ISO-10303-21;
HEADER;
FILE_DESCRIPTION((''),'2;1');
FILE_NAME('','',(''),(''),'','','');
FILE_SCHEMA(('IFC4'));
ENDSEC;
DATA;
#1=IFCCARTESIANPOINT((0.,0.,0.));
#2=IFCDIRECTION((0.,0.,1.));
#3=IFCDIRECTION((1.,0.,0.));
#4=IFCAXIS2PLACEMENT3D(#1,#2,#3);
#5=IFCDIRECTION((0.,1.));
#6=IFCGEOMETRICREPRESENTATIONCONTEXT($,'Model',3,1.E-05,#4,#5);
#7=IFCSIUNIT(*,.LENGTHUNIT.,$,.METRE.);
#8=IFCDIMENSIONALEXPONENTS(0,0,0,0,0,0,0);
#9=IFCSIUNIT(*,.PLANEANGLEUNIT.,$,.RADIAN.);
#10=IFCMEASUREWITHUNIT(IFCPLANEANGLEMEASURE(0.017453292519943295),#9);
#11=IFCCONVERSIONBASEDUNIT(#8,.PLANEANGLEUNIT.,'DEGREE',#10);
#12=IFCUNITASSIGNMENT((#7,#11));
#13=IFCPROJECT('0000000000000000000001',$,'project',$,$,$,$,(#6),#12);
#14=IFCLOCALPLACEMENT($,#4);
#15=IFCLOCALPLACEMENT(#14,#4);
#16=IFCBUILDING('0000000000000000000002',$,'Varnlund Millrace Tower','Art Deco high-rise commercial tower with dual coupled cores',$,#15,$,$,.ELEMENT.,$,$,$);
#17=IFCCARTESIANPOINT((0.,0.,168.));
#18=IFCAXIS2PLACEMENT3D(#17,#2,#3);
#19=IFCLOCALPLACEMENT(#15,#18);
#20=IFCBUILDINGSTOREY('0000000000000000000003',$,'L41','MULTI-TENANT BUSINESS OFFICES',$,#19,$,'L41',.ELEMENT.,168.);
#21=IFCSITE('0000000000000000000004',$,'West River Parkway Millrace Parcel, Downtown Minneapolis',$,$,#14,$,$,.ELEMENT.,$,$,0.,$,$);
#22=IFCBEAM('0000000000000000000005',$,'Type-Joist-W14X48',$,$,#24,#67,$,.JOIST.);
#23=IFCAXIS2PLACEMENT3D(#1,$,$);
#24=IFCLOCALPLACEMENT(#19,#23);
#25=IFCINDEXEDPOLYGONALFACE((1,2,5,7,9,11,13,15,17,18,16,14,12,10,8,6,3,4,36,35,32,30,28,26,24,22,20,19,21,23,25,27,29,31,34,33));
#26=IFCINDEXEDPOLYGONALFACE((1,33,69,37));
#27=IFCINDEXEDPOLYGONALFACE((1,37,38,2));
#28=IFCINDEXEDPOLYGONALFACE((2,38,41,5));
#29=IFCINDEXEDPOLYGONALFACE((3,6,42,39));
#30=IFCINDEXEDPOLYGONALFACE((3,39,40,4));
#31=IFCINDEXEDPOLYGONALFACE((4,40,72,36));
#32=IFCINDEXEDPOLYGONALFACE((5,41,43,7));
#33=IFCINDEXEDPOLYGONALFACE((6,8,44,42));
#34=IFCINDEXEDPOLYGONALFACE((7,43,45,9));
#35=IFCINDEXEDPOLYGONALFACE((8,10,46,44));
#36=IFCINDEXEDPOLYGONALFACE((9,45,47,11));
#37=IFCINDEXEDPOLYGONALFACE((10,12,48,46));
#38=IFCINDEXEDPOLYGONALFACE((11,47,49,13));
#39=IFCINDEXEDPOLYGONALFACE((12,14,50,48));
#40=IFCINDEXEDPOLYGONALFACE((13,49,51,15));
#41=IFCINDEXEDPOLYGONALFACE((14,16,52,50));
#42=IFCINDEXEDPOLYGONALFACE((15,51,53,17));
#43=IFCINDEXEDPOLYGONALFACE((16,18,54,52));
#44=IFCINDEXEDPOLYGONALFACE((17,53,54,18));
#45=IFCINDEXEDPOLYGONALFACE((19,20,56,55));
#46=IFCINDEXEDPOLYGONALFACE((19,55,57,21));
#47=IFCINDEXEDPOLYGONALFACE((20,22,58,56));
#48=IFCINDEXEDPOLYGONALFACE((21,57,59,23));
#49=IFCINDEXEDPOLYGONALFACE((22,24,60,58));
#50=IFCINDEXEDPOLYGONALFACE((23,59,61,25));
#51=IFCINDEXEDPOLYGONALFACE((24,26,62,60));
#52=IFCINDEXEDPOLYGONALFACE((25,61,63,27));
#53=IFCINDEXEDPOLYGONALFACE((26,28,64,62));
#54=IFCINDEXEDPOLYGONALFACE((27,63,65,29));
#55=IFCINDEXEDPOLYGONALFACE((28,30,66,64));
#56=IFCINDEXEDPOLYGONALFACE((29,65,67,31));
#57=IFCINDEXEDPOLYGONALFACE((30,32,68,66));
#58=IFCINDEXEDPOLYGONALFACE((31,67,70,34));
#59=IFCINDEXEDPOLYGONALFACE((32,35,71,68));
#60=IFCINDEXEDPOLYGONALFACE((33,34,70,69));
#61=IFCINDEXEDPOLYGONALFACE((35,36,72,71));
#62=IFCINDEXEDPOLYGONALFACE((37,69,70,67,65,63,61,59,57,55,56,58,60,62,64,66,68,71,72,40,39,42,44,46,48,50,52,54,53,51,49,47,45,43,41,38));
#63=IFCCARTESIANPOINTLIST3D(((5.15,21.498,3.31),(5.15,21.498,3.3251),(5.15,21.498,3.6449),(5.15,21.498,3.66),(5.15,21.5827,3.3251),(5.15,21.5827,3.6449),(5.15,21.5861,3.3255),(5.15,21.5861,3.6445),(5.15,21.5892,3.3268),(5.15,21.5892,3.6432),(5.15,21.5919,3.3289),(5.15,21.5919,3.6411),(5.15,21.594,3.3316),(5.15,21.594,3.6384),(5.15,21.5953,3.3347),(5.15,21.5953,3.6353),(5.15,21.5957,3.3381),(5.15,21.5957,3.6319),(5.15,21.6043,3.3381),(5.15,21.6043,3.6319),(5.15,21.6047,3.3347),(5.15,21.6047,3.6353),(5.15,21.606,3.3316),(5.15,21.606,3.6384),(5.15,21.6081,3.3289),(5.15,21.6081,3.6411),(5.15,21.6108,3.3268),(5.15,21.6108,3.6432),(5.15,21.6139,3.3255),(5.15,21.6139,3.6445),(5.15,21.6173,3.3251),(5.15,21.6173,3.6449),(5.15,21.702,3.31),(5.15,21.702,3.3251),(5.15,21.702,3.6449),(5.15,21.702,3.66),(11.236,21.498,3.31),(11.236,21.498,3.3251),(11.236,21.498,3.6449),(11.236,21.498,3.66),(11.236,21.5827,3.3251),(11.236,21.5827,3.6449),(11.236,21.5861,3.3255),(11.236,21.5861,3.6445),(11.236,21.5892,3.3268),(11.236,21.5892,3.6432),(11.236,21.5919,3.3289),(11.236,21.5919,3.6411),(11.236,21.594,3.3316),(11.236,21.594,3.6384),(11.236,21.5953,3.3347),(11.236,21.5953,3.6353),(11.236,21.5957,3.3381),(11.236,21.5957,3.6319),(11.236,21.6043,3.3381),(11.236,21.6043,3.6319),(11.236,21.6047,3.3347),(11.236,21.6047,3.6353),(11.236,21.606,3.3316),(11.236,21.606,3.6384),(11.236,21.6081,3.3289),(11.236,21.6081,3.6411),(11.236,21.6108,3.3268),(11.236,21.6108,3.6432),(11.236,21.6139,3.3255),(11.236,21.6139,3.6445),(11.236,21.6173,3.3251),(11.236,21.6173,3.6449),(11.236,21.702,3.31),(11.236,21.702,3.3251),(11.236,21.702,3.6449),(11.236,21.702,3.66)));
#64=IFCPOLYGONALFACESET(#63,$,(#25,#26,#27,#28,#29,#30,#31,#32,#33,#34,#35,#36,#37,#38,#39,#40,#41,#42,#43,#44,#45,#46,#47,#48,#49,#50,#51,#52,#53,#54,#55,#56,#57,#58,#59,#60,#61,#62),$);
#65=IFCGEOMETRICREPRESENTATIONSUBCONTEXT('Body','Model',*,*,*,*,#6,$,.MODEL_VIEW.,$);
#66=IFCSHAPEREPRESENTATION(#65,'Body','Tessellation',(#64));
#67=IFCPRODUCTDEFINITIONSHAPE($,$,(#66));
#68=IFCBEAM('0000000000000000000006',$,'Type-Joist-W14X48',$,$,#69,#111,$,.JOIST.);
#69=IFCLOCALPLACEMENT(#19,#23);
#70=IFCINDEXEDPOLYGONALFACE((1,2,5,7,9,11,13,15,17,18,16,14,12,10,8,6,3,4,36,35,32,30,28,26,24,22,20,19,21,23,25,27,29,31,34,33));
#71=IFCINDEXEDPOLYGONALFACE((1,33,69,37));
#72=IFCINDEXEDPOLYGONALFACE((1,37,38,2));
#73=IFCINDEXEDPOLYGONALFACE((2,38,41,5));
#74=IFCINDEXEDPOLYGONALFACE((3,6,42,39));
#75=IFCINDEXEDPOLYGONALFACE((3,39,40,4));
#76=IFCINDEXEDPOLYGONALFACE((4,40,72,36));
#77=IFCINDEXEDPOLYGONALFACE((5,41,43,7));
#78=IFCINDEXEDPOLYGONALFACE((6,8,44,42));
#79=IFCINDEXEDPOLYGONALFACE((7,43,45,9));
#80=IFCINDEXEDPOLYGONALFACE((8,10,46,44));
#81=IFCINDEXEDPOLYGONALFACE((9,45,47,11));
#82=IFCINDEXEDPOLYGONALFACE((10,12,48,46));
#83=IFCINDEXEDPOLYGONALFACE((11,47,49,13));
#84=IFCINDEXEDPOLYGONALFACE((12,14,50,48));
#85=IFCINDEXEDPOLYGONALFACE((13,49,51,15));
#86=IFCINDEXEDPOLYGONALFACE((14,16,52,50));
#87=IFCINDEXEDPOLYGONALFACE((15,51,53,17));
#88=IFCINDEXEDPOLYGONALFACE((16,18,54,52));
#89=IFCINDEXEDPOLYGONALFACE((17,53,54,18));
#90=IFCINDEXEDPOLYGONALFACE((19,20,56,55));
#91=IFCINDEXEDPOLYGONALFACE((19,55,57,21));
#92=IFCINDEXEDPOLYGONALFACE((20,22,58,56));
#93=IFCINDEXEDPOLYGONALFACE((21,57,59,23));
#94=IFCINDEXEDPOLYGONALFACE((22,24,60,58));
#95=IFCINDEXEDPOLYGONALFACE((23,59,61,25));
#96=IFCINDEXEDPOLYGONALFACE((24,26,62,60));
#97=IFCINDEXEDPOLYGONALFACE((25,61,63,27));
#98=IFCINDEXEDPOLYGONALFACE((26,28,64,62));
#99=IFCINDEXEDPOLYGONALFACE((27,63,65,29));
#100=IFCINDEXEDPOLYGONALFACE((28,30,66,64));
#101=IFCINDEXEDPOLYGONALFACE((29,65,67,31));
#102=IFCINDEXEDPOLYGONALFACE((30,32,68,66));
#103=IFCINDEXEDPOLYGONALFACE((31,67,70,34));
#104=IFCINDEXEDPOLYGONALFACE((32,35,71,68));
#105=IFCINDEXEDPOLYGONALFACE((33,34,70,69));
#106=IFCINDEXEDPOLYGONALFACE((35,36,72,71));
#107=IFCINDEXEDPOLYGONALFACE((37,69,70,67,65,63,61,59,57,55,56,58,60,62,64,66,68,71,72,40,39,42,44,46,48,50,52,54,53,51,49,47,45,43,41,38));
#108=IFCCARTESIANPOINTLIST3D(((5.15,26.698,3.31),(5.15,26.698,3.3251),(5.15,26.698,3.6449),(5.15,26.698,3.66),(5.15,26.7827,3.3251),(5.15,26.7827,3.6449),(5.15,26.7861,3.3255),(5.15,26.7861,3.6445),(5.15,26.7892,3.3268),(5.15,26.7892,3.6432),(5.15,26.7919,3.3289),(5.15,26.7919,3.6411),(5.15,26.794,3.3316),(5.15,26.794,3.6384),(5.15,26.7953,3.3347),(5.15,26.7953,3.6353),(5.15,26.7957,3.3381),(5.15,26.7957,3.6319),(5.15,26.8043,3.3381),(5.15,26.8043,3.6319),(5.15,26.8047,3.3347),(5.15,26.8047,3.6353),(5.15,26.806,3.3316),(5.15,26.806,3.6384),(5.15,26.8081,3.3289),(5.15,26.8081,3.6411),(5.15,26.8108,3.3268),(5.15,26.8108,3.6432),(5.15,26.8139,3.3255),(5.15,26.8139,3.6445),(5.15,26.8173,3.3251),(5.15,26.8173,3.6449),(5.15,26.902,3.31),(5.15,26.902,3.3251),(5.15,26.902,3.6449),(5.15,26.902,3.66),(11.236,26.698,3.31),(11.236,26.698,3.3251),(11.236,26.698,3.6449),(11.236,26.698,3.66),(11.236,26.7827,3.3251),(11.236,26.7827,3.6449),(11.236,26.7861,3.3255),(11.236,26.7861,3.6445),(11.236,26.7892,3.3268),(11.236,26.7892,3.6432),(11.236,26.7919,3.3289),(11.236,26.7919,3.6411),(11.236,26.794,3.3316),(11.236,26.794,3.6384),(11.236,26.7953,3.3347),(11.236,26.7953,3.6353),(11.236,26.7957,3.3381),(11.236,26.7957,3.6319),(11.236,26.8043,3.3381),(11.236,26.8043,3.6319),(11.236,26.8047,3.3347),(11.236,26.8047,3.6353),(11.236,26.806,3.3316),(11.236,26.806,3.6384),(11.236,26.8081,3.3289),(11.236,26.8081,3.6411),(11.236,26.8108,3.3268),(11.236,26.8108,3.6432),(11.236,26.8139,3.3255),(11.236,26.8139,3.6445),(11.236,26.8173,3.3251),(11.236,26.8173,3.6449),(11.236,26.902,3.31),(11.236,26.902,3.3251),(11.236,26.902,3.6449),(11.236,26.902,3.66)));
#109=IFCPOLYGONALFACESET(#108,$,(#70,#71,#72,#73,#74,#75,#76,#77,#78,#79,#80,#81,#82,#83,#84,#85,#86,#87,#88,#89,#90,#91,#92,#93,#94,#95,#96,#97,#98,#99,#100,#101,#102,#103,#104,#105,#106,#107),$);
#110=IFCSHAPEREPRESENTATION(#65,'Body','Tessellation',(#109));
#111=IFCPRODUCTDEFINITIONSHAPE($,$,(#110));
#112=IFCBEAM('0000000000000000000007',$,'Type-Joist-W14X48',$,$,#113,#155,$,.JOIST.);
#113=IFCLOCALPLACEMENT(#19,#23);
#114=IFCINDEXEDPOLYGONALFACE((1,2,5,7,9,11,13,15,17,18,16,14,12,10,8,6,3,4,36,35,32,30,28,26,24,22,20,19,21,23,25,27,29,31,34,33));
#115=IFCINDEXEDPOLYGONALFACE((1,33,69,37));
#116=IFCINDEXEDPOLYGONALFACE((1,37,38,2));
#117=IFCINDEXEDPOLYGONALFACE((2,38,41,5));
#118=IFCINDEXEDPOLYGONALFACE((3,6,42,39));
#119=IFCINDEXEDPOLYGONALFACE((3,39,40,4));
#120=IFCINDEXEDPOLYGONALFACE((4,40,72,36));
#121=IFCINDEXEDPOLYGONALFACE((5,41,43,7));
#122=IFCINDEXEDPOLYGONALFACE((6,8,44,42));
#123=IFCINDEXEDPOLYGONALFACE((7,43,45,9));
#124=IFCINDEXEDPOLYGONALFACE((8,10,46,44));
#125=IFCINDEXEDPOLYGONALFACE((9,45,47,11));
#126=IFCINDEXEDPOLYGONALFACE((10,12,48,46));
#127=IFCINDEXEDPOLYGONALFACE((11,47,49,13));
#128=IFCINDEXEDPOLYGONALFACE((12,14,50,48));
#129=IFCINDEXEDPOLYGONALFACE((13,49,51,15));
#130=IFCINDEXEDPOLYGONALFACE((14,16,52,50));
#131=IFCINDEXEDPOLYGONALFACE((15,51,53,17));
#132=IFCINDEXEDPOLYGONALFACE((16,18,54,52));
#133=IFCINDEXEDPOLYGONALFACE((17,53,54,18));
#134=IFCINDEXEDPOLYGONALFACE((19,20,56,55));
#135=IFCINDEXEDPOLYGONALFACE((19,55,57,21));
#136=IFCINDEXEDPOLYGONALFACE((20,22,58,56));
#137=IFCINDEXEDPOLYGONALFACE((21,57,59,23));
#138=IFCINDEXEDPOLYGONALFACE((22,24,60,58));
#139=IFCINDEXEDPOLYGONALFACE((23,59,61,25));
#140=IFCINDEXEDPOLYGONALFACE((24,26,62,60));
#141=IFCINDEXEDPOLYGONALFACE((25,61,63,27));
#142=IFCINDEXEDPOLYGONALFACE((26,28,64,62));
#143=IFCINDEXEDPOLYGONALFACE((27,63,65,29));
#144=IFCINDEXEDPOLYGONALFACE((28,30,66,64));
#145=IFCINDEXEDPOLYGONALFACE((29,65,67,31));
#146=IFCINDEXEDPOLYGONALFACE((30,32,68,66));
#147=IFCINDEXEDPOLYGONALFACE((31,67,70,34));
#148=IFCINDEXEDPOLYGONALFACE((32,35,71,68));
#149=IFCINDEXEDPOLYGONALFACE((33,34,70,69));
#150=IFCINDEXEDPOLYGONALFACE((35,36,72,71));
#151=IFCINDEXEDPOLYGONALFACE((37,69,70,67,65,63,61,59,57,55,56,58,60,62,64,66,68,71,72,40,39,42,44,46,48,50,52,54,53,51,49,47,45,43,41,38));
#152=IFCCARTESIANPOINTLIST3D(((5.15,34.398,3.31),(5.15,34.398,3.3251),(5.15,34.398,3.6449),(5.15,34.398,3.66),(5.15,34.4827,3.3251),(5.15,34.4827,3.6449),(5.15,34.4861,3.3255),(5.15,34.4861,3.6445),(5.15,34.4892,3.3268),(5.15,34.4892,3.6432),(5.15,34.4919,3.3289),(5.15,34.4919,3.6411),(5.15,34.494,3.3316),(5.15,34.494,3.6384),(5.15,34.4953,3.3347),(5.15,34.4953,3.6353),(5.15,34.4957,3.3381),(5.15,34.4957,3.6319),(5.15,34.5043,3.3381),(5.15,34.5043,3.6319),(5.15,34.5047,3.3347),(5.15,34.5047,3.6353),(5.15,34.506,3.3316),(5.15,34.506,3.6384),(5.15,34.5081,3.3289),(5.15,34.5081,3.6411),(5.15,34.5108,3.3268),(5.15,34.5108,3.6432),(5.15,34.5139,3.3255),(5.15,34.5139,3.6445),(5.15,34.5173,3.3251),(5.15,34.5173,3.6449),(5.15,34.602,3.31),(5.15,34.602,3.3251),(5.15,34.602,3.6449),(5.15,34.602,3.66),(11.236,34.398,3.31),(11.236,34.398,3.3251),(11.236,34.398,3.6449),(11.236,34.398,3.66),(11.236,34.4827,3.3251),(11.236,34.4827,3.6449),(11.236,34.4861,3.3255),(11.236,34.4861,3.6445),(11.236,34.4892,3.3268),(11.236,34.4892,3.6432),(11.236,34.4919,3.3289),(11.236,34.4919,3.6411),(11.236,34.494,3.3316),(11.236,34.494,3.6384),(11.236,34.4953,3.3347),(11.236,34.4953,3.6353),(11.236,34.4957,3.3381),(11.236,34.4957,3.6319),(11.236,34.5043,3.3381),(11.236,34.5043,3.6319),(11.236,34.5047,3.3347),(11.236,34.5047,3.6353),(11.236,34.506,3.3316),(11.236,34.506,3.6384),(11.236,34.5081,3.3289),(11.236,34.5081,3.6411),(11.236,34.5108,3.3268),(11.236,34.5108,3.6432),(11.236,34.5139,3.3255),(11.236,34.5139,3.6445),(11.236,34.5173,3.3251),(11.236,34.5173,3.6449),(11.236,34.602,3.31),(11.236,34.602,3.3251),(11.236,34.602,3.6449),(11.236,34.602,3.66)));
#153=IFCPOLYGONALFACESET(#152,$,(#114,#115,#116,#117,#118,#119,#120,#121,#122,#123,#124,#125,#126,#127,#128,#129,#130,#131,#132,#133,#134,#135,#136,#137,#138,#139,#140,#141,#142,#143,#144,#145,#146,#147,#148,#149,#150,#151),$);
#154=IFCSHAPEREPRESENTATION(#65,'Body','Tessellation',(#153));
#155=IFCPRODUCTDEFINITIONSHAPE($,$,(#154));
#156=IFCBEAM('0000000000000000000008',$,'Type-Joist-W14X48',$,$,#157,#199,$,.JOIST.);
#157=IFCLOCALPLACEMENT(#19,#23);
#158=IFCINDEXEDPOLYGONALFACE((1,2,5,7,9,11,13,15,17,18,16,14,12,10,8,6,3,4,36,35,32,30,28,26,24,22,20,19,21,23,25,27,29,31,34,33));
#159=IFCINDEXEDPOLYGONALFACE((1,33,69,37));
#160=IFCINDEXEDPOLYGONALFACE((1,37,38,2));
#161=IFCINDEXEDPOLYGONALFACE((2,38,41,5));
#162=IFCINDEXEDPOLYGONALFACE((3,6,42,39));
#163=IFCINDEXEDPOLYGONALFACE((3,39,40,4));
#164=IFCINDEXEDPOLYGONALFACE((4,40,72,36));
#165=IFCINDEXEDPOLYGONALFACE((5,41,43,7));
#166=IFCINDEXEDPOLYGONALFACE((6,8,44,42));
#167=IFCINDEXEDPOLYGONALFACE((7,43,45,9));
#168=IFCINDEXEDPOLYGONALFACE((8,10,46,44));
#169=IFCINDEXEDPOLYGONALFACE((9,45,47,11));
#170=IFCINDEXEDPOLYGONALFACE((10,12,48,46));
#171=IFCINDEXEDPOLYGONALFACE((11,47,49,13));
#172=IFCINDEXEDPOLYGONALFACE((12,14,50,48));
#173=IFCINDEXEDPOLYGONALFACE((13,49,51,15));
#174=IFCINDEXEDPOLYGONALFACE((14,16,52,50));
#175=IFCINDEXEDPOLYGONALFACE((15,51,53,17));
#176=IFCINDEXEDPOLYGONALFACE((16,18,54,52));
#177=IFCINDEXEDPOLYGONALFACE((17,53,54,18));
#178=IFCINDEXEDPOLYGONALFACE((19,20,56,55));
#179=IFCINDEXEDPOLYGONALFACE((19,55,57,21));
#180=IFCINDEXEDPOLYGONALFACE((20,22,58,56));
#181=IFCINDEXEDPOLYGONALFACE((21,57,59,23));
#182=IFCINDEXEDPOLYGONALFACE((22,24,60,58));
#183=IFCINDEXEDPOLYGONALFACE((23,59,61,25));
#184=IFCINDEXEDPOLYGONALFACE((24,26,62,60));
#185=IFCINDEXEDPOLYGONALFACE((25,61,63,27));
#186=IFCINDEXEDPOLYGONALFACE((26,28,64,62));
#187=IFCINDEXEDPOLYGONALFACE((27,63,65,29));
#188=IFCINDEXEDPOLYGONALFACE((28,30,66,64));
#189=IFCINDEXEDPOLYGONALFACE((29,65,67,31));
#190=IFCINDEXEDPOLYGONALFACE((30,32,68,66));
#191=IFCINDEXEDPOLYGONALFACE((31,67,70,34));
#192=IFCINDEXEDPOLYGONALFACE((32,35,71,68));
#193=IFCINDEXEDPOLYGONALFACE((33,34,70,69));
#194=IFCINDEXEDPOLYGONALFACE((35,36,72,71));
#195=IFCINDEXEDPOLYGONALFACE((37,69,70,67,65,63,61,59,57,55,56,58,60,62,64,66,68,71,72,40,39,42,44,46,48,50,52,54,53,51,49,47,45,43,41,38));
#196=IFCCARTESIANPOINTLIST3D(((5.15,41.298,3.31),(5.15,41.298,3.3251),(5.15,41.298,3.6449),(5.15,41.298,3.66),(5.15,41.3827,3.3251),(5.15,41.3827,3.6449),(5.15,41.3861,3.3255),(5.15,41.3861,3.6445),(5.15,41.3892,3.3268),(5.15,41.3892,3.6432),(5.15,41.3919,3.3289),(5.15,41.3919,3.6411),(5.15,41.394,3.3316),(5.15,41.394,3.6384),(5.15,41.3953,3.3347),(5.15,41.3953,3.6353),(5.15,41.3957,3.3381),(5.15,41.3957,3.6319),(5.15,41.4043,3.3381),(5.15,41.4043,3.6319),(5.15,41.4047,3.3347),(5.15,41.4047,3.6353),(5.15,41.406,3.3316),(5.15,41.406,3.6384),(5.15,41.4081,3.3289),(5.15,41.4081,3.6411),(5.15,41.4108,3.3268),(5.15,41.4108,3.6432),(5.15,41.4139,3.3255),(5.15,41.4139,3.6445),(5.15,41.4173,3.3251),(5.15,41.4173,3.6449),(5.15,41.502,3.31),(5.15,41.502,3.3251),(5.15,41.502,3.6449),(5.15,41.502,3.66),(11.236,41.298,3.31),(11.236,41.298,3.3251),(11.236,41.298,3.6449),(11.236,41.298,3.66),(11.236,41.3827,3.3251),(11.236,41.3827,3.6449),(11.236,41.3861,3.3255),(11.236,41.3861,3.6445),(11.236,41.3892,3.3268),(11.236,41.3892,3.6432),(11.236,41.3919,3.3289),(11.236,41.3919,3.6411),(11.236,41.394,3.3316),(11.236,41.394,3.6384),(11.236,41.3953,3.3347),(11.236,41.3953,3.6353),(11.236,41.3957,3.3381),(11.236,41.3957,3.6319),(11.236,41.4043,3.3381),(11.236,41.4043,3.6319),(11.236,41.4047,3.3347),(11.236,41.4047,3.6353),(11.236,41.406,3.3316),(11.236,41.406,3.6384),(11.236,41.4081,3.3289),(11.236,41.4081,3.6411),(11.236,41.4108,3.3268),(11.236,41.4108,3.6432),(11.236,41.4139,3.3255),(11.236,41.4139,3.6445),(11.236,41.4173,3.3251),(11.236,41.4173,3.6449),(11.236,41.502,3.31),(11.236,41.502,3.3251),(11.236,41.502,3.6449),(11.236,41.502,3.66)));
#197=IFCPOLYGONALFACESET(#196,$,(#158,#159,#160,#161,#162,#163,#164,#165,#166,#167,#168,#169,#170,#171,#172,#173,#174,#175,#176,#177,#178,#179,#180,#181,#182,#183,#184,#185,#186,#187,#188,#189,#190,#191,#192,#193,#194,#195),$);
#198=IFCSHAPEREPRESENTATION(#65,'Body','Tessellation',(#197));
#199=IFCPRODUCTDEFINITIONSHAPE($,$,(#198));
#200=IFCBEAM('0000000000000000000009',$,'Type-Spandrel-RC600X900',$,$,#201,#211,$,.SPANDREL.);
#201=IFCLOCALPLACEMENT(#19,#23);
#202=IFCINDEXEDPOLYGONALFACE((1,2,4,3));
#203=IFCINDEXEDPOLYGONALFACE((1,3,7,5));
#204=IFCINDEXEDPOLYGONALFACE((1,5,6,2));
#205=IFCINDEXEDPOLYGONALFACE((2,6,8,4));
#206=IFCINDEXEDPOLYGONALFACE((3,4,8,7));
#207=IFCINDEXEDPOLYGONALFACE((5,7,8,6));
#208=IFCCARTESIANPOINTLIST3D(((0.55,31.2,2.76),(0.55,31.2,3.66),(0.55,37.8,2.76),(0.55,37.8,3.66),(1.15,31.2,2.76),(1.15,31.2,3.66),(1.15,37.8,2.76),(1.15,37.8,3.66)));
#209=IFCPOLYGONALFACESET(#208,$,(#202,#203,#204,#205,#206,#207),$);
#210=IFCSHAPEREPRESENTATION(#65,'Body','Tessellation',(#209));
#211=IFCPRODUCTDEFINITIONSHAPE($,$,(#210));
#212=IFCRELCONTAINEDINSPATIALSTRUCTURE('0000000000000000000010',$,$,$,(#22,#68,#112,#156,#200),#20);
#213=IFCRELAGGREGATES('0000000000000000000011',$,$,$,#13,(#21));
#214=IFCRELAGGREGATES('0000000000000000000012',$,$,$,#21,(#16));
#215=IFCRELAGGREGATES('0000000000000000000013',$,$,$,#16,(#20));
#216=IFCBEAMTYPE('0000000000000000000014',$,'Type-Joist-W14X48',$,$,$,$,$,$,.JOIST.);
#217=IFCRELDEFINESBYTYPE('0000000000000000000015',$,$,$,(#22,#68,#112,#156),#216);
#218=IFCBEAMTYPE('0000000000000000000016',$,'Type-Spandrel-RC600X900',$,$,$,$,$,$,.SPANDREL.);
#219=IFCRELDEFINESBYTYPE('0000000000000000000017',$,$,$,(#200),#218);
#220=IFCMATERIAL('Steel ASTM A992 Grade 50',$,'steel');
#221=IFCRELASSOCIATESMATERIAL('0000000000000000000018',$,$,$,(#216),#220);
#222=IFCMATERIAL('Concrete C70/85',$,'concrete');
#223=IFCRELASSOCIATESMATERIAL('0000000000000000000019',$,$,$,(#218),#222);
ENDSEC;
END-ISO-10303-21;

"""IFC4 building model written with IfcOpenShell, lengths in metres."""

from ifc_helpers import new_model, entity, si_unit, converted_unit, direction, frame, origin_with_axes, origin_2d_with_axis, place, context, subcontext, project, spatial, rectangle, i_section, extrude, material, material_profile, profile_set, type_object, element, save


model = new_model("IFC4")

# Units and contexts
model_context = context("Model", 3, precision=1e-05, world=origin_with_axes(), true_north=direction((0.0, 1.0)))
body_context = subcontext(model_context, "Body", "Model", "MODEL_VIEW")
ifc_project = project(units=[si_unit("LENGTHUNIT", "METRE"), converted_unit("PLANEANGLEUNIT", "DEGREE", entity("IfcPlaneAngleMeasure", 0.017453292519943295), si_unit("PLANEANGLEUNIT", "RADIAN"), dimensions=[0, 0, 0, 0, 0, 0, 0])], contexts=[model_context])

# Site, building, storey
site_placement = place(None, origin_with_axes())
site = spatial("IfcSite", under=ifc_project, at=site_placement, Name="West River Parkway Millrace Parcel, Downtown Minneapolis", CompositionType="ELEMENT", RefElevation=0.0)
building_placement = place(site_placement, origin_with_axes())
building = spatial("IfcBuilding", under=site, at=building_placement, Name="Varnlund Millrace Tower", Description="Art Deco high-rise commercial tower with dual coupled cores", CompositionType="ELEMENT")
storey_placement = place(building_placement, frame((0.0, 0.0, 168.0), z_axis=(0.0, 0.0, 1.0), x_axis=(1.0, 0.0, 0.0)))
storey = spatial("IfcBuildingStorey", under=building, at=storey_placement, Name="L41", Description="MULTI-TENANT BUSINESS OFFICES", LongName="L41", CompositionType="ELEMENT", Elevation=168.0)

# Beams
ifc_material_1 = material(Name="Steel ASTM A992 Grade 50", Category="steel")
ifc_material_profile_1 = material_profile(ifc_material_1, i_section(OverallWidth=0.204, OverallDepth=0.35, WebThickness=0.0086, FlangeThickness=0.0151, FilletRadius=0.013, at=origin_2d_with_axis()), Name="Steel ASTM A992 Grade 50")
ifc_profile_set_1 = profile_set([ifc_material_profile_1], Name="Steel ASTM A992 Grade 50")
beam_type_1 = type_object("IfcBeamType", Name="Type-Joist-W14X48", PredefinedType="JOIST", material=ifc_profile_set_1)
for number, where, z_axis, x_axis, name in (
    (1, (5.15, 21.6, 3.485), (1.0, 0.0, 0.0), (0.0, 1.0, 0.0), "Type-Joist-W14X48"),
    (2, (5.15, 26.8, 3.485), (1.0, 0.0, 0.0), (0.0, 1.0, 0.0), "Type-Joist-W14X48"),
    (3, (5.15, 34.5, 3.485), (1.0, 0.0, 0.0), (0.0, 1.0, 0.0), "Type-Joist-W14X48"),
    (4, (5.15, 41.4, 3.485), (1.0, 0.0, 0.0), (0.0, 1.0, 0.0), "Type-Joist-W14X48"),
):
    element("IfcBeam", number, at=place(storey_placement, frame(where, z_axis=z_axis, x_axis=x_axis)), inside=storey, type_object=beam_type_1, Name=name, PredefinedType="JOIST", context=body_context, shape_type="SweptSolid", body=[
        extrude(i_section(OverallWidth=0.204, OverallDepth=0.35, WebThickness=0.0086, FlangeThickness=0.0151, FilletRadius=0.013, at=origin_2d_with_axis()), origin_with_axes(), (0.0, 0.0, 1.0), 6.086),
    ])
ifc_material_2 = material(Name="Concrete C70/85", Category="concrete")
ifc_material_profile_2 = material_profile(ifc_material_2, rectangle(XDim=0.6, YDim=0.9, at=origin_2d_with_axis()), Name="Concrete C70/85")
ifc_profile_set_2 = profile_set([ifc_material_profile_2], Name="Concrete C70/85")
beam_type_2 = type_object("IfcBeamType", Name="Type-Spandrel-RC600X900", PredefinedType="SPANDREL", material=ifc_profile_set_2)
beam_1_placement = place(storey_placement, frame((0.85, 31.2, 3.21), z_axis=(0.0, 1.0, 0.0), x_axis=(-1.0, 0.0, 0.0)))
element("IfcBeam", 5, at=beam_1_placement, inside=storey, type_object=beam_type_2, Name="Type-Spandrel-RC600X900", PredefinedType="SPANDREL", context=body_context, shape_type="SweptSolid", body=[
    extrude(rectangle(XDim=0.6, YDim=0.9, at=origin_2d_with_axis()), origin_with_axes(), (0.0, 0.0, 1.0), 6.6),
])

save(model, "model.ifc")
